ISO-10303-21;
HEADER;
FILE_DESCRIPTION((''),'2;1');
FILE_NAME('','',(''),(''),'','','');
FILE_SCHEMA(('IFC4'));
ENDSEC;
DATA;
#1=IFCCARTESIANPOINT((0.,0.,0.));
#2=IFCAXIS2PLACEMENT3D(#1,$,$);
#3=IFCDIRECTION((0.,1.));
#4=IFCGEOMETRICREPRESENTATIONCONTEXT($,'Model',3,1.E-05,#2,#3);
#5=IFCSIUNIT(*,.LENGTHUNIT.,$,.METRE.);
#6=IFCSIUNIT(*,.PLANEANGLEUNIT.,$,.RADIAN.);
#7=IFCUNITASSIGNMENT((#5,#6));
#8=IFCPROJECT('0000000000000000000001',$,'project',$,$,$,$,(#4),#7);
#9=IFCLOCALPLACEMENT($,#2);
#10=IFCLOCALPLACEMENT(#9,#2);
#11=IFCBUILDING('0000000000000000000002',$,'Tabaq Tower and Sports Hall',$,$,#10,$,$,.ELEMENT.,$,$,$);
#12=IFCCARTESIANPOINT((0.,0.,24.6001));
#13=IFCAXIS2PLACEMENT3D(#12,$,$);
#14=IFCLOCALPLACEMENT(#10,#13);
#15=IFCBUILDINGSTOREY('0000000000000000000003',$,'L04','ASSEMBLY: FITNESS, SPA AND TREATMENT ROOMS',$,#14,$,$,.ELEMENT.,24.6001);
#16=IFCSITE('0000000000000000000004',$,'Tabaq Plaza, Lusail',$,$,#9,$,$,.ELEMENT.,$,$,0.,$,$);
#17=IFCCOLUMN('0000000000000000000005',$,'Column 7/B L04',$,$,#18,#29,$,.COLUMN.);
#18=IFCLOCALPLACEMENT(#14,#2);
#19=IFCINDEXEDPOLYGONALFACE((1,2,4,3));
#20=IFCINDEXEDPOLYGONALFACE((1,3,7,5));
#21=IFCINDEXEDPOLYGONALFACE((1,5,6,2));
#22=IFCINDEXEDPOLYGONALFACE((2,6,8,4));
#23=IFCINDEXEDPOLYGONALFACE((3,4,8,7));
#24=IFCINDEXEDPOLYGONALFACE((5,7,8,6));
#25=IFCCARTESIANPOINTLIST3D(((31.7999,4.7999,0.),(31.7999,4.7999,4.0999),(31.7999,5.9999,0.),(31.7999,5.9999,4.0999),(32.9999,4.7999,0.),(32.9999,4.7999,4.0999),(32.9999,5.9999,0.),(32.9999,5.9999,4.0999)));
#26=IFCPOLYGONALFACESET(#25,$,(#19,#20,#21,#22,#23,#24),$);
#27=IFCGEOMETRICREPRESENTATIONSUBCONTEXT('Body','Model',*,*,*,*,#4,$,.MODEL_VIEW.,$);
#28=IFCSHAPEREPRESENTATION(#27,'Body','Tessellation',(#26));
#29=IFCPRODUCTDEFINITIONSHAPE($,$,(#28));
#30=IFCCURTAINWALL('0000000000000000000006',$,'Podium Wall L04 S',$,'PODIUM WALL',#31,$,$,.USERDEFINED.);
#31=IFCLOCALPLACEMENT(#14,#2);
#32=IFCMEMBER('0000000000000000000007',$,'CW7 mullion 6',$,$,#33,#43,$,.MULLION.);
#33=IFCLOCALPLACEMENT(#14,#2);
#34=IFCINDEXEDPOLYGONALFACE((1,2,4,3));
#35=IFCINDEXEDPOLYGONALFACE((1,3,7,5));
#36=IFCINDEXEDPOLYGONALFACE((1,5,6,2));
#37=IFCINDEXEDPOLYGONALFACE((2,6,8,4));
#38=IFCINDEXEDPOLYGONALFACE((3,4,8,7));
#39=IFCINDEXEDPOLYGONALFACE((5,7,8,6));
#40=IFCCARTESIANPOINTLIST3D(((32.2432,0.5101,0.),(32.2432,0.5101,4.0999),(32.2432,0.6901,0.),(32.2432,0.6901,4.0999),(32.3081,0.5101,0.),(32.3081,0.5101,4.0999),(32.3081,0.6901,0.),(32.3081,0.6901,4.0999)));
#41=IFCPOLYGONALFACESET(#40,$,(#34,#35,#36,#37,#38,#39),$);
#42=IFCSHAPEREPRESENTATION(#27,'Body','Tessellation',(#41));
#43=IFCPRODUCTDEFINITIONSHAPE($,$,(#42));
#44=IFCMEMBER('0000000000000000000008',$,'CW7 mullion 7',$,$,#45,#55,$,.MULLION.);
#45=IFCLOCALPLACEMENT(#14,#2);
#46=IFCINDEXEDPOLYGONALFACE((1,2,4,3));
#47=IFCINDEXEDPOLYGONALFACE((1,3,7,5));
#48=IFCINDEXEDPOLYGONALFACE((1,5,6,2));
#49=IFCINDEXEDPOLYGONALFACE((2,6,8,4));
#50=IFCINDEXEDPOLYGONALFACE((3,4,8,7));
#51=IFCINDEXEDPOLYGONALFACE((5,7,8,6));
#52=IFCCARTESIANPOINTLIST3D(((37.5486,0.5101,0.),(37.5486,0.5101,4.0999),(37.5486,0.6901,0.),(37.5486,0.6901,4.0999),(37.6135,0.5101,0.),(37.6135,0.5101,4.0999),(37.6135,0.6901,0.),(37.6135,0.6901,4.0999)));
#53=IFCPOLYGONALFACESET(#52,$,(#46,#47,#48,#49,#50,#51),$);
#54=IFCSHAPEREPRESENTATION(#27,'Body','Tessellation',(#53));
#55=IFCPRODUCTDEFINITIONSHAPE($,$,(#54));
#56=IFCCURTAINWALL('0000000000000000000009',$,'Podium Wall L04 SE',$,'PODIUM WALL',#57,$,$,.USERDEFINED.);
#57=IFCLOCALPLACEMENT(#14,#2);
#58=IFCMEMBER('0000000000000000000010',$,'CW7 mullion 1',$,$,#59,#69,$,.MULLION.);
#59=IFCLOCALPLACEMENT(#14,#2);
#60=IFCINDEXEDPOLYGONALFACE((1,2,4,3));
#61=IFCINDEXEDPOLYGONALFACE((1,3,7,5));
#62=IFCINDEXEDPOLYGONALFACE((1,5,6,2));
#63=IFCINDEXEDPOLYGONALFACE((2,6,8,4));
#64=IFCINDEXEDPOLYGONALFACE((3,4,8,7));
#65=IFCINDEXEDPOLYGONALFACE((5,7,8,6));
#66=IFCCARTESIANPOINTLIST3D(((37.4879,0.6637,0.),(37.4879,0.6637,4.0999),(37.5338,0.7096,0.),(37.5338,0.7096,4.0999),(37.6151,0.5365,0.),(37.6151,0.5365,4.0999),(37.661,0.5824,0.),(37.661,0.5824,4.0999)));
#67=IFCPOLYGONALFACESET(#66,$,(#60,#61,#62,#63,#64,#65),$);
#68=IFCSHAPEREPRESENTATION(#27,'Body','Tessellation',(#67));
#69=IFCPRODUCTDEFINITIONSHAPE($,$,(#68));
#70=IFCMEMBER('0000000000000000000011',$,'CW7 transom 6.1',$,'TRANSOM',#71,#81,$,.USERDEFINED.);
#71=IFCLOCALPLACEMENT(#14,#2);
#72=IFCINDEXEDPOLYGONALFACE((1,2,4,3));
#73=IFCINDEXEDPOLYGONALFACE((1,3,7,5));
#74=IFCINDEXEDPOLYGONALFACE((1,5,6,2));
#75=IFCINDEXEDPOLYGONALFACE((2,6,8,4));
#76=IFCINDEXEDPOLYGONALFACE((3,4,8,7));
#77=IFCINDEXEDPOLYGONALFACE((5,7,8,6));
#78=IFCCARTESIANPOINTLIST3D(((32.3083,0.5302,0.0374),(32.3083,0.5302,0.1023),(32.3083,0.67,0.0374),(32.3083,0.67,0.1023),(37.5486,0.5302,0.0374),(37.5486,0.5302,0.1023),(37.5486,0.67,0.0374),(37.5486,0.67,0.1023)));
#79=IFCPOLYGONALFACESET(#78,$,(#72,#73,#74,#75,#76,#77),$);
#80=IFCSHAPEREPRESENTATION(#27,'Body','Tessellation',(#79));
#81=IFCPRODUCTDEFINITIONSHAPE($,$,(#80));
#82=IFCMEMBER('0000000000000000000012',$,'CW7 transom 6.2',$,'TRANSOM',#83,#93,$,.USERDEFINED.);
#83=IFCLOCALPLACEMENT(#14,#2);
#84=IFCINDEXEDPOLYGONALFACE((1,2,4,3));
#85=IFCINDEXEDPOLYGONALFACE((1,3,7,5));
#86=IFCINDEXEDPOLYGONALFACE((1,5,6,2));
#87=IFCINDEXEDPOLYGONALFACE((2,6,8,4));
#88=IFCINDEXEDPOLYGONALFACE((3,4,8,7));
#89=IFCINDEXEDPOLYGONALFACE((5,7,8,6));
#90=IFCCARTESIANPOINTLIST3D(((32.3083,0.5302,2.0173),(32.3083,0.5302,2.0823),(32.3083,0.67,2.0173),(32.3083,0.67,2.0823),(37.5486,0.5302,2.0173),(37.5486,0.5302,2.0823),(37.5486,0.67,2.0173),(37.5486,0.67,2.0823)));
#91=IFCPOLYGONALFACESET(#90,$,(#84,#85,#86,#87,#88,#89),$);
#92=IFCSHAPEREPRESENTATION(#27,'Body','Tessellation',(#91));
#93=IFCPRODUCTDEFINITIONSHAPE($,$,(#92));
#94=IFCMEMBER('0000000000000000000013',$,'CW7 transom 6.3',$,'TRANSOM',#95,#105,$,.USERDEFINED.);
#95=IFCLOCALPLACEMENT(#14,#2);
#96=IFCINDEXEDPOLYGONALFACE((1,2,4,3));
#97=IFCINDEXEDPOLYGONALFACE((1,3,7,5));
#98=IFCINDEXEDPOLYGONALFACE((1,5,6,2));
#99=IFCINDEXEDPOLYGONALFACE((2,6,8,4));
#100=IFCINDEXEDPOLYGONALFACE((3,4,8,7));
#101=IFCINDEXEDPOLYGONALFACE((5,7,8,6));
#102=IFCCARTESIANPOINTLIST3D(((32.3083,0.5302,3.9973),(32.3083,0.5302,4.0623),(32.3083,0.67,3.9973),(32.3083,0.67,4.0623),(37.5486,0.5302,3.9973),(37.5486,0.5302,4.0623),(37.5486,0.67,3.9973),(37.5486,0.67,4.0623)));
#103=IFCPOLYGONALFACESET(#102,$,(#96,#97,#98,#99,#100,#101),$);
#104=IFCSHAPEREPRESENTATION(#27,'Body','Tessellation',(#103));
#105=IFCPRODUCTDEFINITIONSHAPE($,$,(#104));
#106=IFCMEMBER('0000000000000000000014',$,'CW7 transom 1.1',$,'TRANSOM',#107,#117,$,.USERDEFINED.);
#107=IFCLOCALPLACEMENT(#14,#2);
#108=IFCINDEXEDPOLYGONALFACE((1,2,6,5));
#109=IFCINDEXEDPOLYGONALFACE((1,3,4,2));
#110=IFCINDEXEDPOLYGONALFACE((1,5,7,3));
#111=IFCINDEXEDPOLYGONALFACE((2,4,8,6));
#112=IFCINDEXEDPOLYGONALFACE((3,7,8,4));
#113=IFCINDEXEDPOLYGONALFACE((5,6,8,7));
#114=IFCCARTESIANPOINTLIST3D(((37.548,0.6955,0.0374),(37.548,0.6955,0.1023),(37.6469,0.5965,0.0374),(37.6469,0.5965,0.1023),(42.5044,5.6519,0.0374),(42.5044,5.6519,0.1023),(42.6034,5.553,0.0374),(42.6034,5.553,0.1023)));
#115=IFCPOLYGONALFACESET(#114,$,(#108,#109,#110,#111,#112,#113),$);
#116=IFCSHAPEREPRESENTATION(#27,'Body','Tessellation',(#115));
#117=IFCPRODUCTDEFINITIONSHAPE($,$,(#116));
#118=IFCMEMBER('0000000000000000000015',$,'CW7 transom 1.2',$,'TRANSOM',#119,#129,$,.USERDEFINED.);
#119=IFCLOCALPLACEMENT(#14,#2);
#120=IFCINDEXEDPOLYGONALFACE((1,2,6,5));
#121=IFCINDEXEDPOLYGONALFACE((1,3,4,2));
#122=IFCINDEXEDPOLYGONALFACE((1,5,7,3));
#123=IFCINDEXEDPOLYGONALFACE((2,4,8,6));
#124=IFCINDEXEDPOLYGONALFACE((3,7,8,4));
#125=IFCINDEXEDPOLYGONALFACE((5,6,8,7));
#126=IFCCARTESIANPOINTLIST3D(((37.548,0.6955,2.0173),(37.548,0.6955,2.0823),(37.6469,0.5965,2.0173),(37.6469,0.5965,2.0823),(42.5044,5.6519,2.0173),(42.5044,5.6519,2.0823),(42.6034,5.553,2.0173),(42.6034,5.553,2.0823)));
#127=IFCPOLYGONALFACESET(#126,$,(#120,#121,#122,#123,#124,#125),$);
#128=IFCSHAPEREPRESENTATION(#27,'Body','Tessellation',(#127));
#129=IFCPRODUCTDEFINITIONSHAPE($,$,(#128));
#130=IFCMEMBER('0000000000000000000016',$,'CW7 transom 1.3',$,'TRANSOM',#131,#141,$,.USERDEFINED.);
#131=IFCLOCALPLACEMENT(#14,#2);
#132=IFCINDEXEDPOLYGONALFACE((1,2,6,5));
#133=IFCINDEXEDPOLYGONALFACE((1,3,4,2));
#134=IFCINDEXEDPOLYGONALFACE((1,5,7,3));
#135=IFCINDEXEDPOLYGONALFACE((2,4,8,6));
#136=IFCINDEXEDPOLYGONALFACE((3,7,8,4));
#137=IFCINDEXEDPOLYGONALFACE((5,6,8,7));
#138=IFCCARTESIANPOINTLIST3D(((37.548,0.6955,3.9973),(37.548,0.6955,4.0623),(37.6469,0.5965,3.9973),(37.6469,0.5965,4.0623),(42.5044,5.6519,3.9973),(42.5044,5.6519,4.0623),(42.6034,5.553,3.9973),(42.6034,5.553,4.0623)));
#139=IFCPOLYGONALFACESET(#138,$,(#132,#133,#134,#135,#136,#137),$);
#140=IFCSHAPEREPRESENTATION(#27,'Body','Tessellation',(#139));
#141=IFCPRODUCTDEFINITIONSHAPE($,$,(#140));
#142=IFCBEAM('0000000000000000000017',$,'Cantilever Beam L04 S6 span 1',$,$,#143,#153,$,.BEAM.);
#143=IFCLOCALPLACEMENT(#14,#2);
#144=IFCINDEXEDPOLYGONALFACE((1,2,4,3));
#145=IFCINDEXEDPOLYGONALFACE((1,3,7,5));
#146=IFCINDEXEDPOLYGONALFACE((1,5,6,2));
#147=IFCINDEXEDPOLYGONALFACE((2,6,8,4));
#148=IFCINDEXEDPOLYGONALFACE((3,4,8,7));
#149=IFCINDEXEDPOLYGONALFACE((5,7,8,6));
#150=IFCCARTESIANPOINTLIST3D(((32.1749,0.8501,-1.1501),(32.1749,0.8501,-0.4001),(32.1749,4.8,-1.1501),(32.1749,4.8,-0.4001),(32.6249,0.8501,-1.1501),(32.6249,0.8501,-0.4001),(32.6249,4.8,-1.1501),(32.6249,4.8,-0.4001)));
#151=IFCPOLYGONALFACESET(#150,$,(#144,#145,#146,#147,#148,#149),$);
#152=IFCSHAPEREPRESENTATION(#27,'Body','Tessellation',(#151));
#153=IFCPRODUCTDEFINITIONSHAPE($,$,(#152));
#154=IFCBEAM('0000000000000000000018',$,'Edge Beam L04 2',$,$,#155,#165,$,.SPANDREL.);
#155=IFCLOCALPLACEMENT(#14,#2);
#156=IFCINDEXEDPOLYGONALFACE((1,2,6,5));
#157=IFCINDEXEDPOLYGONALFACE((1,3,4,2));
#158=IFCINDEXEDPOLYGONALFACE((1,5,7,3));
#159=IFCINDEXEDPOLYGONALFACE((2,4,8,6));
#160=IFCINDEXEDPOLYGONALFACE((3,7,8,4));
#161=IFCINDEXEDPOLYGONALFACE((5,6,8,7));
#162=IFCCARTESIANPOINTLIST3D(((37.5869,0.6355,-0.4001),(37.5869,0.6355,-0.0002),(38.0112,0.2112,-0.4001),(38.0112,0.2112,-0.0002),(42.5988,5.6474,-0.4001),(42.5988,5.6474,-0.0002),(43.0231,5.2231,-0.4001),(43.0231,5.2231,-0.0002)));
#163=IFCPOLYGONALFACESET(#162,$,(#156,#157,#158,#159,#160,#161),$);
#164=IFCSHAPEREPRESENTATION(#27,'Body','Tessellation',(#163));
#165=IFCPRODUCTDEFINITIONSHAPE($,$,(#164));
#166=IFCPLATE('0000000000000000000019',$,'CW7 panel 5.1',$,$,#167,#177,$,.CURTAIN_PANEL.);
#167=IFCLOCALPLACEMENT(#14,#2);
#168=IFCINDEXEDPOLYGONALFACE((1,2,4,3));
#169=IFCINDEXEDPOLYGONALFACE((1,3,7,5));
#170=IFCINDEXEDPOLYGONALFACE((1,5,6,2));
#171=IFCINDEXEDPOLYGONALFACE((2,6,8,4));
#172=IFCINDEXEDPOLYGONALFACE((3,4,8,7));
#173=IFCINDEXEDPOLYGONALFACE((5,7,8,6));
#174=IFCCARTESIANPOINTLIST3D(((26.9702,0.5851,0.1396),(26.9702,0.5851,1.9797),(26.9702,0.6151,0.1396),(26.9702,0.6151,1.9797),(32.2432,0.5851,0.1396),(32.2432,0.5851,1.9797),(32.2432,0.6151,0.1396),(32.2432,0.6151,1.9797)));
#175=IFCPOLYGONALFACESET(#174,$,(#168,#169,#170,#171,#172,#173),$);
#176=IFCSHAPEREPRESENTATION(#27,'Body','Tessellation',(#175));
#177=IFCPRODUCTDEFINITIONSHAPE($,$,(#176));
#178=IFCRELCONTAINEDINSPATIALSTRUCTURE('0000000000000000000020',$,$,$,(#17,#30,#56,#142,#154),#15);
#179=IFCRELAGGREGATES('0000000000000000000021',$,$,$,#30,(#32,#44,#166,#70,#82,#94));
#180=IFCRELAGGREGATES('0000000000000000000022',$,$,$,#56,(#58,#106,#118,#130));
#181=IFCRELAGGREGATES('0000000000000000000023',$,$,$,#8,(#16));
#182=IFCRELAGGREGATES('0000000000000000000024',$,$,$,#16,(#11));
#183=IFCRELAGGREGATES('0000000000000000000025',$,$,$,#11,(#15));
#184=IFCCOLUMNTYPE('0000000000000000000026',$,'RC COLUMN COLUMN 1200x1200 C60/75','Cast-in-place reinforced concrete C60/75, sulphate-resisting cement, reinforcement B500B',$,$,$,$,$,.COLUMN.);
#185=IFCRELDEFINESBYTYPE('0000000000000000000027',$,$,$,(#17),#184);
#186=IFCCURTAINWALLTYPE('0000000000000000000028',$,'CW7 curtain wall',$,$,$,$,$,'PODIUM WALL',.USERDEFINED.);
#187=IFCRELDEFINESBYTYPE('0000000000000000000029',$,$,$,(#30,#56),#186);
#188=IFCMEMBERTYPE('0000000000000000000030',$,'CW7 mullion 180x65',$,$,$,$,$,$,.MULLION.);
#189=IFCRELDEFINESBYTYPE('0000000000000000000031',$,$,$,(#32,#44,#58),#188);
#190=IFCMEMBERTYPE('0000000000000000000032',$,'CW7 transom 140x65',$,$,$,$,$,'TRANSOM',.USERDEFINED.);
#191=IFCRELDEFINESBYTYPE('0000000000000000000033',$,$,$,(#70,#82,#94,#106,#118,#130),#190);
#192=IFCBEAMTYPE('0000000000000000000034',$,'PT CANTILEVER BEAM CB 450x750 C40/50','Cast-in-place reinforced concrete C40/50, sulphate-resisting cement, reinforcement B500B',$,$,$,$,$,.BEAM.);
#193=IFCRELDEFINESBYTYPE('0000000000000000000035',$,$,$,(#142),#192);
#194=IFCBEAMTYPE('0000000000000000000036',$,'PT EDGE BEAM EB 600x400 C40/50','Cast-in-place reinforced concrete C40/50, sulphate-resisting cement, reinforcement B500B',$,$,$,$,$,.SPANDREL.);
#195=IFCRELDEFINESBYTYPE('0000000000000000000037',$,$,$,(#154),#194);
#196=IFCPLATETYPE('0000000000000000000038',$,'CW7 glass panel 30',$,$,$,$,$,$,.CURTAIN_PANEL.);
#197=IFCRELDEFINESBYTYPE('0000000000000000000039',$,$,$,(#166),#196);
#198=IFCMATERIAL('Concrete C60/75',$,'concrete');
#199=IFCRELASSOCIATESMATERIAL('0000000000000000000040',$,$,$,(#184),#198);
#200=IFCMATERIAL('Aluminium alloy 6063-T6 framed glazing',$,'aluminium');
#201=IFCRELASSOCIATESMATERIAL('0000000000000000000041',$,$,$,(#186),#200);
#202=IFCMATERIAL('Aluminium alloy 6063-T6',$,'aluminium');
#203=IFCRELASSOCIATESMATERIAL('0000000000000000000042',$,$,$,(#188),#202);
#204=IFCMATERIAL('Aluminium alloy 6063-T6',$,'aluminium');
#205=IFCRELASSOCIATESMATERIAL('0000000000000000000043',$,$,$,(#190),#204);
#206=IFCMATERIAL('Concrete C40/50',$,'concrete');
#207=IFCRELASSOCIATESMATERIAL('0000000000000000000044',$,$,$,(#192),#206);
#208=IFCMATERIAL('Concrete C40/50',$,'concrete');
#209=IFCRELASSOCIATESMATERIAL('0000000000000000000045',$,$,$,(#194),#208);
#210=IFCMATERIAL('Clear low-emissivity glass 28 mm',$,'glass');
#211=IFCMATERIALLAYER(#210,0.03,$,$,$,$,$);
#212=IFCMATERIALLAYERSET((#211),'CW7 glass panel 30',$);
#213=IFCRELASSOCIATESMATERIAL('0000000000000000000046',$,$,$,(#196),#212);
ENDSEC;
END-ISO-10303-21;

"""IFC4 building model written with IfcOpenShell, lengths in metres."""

from ifc_helpers import new_model, si_unit, direction, frame, origin, origin_2d, place, context, subcontext, project, spatial, rectangle, extrude, material, layer, layer_set, material_profile, profile_set, type_object, element, aggregate, save


model = new_model("IFC4")

# Units and contexts
model_context = context("Model", 3, precision=1e-05, world=origin(), true_north=direction((0.0, 1.0)))
body_context = subcontext(model_context, "Body", "Model", "MODEL_VIEW")
ifc_project = project(units=[si_unit("LENGTHUNIT", "METRE"), si_unit("PLANEANGLEUNIT", "RADIAN")], contexts=[model_context])

# Site, building, storey
site_placement = place(None, origin())
site = spatial("IfcSite", under=ifc_project, at=site_placement, Name="Tabaq Plaza, Lusail", CompositionType="ELEMENT", RefElevation=0.0)
building_placement = place(site_placement, origin())
building = spatial("IfcBuilding", under=site, at=building_placement, Name="Tabaq Tower and Sports Hall", CompositionType="ELEMENT")
storey_placement = place(building_placement, frame((0.0, 0.0, 24.6001)))
storey = spatial("IfcBuildingStorey", under=building, at=storey_placement, Name="L04", Description="ASSEMBLY: FITNESS, SPA AND TREATMENT ROOMS", CompositionType="ELEMENT", Elevation=24.6001)

# Column
ifc_material_1 = material(Name="Concrete C60/75", Category="concrete")
ifc_material_profile_1 = material_profile(ifc_material_1, rectangle(XDim=1.2, YDim=1.2, at=origin_2d()), Name="COLUMN 1200x1200")
ifc_profile_set_1 = profile_set([ifc_material_profile_1], Name="Concrete C60/75")
column_type = type_object("IfcColumnType", Name="RC COLUMN COLUMN 1200x1200 C60/75", Description="Cast-in-place reinforced concrete C60/75, sulphate-resisting cement, reinforcement B500B", PredefinedType="COLUMN", material=ifc_profile_set_1)
column_placement = place(storey_placement, frame((32.3999, 5.3999, 0.0), z_axis=(0.0, 0.0, 1.0), x_axis=(1.0, 0.0, 0.0)))
element("IfcColumn", 1, at=column_placement, inside=storey, type_object=column_type, Name="Column 7/B L04", PredefinedType="COLUMN", context=body_context, shape_type="SweptSolid", body=[
    extrude(rectangle(XDim=1.2, YDim=1.2, at=origin_2d()), origin(), (0.0, 0.0, 1.0), 4.0999),
])

# Curtain wall, members
ifc_material_2 = material(Name="Aluminium alloy 6063-T6 framed glazing", Category="aluminium")
curtain_wall_type = type_object("IfcCurtainWallType", Name="CW7 curtain wall", ElementType="PODIUM WALL", PredefinedType="USERDEFINED", material=ifc_material_2)
curtain_wall_1_placement = place(storey_placement, origin())
curtain_wall_1 = element("IfcCurtainWall", 2, at=curtain_wall_1_placement, inside=storey, type_object=curtain_wall_type, Name="Podium Wall L04 S", ObjectType="PODIUM WALL", PredefinedType="USERDEFINED")
ifc_material_3 = material(Name="Aluminium alloy 6063-T6", Category="aluminium")
ifc_material_profile_2 = material_profile(ifc_material_3, rectangle(XDim=0.1799, YDim=0.0649, at=origin_2d()), Name="MULLION 180x65")
ifc_profile_set_2 = profile_set([ifc_material_profile_2], Name="Aluminium alloy 6063-T6")
member_type_1 = type_object("IfcMemberType", Name="CW7 mullion 180x65", PredefinedType="MULLION", material=ifc_profile_set_2)
member_1_placement = place(storey_placement, frame((32.2756, 0.6001, 0.0), z_axis=(0.0, 0.0, 1.0), x_axis=(0.0, 1.0, 0.0)))
member_1 = element("IfcMember", 3, at=member_1_placement, type_object=member_type_1, Name="CW7 mullion 6", PredefinedType="MULLION", context=body_context, shape_type="SweptSolid", body=[
    extrude(rectangle(XDim=0.1799, YDim=0.0649, at=origin_2d()), origin(), (0.0, 0.0, 1.0), 4.0999),
])
member_2_placement = place(storey_placement, frame((37.5811, 0.6001, 0.0), z_axis=(0.0, 0.0, 1.0), x_axis=(0.0, 1.0, 0.0)))
member_2 = element("IfcMember", 4, at=member_2_placement, type_object=member_type_1, Name="CW7 mullion 7", PredefinedType="MULLION", context=body_context, shape_type="SweptSolid", body=[
    extrude(rectangle(XDim=0.1799, YDim=0.0649, at=origin_2d()), origin(), (0.0, 0.0, 1.0), 4.0999),
])

# Curtain wall, member
curtain_wall_2_placement = place(storey_placement, origin())
curtain_wall_2 = element("IfcCurtainWall", 5, at=curtain_wall_2_placement, inside=storey, type_object=curtain_wall_type, Name="Podium Wall L04 SE", ObjectType="PODIUM WALL", PredefinedType="USERDEFINED")
member_3_placement = place(storey_placement, frame((37.5745, 0.623, 0.0), z_axis=(0.0, 0.0, 1.0), x_axis=(-0.707107, 0.707107, 0.0)))
member_3 = element("IfcMember", 6, at=member_3_placement, type_object=member_type_1, Name="CW7 mullion 1", PredefinedType="MULLION", context=body_context, shape_type="SweptSolid", body=[
    extrude(rectangle(XDim=0.1799, YDim=0.0649, at=origin_2d()), origin(), (0.0, 0.0, 1.0), 4.0999),
])

# Members
ifc_material_4 = material(Name="Aluminium alloy 6063-T6", Category="aluminium")
ifc_material_profile_3 = material_profile(ifc_material_4, rectangle(XDim=0.1399, YDim=0.0649, at=origin_2d()), Name="TRANSOM 140x65")
ifc_profile_set_3 = profile_set([ifc_material_profile_3], Name="Aluminium alloy 6063-T6")
member_type_2 = type_object("IfcMemberType", Name="CW7 transom 140x65", ElementType="TRANSOM", PredefinedType="USERDEFINED", material=ifc_profile_set_3)
member_4_placement = place(storey_placement, frame((32.3083, 0.6001, 0.0698), z_axis=(1.0, 0.0, 0.0), x_axis=(0.0, 1.0, 0.0)))
member_4 = element("IfcMember", 7, at=member_4_placement, type_object=member_type_2, Name="CW7 transom 6.1", ObjectType="TRANSOM", PredefinedType="USERDEFINED", context=body_context, shape_type="SweptSolid", body=[
    extrude(rectangle(XDim=0.1399, YDim=0.0649, at=origin_2d()), origin(), (0.0, 0.0, 1.0), 5.2402),
])
member_5_placement = place(storey_placement, frame((32.3083, 0.6001, 2.0498), z_axis=(1.0, 0.0, 0.0), x_axis=(0.0, 1.0, 0.0)))
member_5 = element("IfcMember", 8, at=member_5_placement, type_object=member_type_2, Name="CW7 transom 6.2", ObjectType="TRANSOM", PredefinedType="USERDEFINED", context=body_context, shape_type="SweptSolid", body=[
    extrude(rectangle(XDim=0.1399, YDim=0.0649, at=origin_2d()), origin(), (0.0, 0.0, 1.0), 5.2402),
])
member_6_placement = place(storey_placement, frame((32.3083, 0.6001, 4.0298), z_axis=(1.0, 0.0, 0.0), x_axis=(0.0, 1.0, 0.0)))
member_6 = element("IfcMember", 9, at=member_6_placement, type_object=member_type_2, Name="CW7 transom 6.3", ObjectType="TRANSOM", PredefinedType="USERDEFINED", context=body_context, shape_type="SweptSolid", body=[
    extrude(rectangle(XDim=0.1399, YDim=0.0649, at=origin_2d()), origin(), (0.0, 0.0, 1.0), 5.2402),
])
member_7_placement = place(storey_placement, frame((37.5974, 0.646, 0.0698), z_axis=(0.707107, 0.707107, 0.0), x_axis=(-0.707107, 0.707107, 0.0)))
member_7 = element("IfcMember", 10, at=member_7_placement, type_object=member_type_2, Name="CW7 transom 1.1", ObjectType="TRANSOM", PredefinedType="USERDEFINED", context=body_context, shape_type="SweptSolid", body=[
    extrude(rectangle(XDim=0.1399, YDim=0.0649, at=origin_2d()), origin(), (0.0, 0.0, 1.0), 7.0095),
])
member_8_placement = place(storey_placement, frame((37.5974, 0.646, 2.0498), z_axis=(0.707107, 0.707107, 0.0), x_axis=(-0.707107, 0.707107, 0.0)))
member_8 = element("IfcMember", 11, at=member_8_placement, type_object=member_type_2, Name="CW7 transom 1.2", ObjectType="TRANSOM", PredefinedType="USERDEFINED", context=body_context, shape_type="SweptSolid", body=[
    extrude(rectangle(XDim=0.1399, YDim=0.0649, at=origin_2d()), origin(), (0.0, 0.0, 1.0), 7.0095),
])
member_9_placement = place(storey_placement, frame((37.5974, 0.646, 4.0298), z_axis=(0.707107, 0.707107, 0.0), x_axis=(-0.707107, 0.707107, 0.0)))
member_9 = element("IfcMember", 12, at=member_9_placement, type_object=member_type_2, Name="CW7 transom 1.3", ObjectType="TRANSOM", PredefinedType="USERDEFINED", context=body_context, shape_type="SweptSolid", body=[
    extrude(rectangle(XDim=0.1399, YDim=0.0649, at=origin_2d()), origin(), (0.0, 0.0, 1.0), 7.0095),
])

# Beams
ifc_material_5 = material(Name="Concrete C40/50", Category="concrete")
ifc_material_profile_4 = material_profile(ifc_material_5, rectangle(XDim=0.45, YDim=0.75, at=origin_2d()), Name="CB 450x750")
ifc_profile_set_4 = profile_set([ifc_material_profile_4], Name="Concrete C40/50")
beam_type_1 = type_object("IfcBeamType", Name="PT CANTILEVER BEAM CB 450x750 C40/50", Description="Cast-in-place reinforced concrete C40/50, sulphate-resisting cement, reinforcement B500B", PredefinedType="BEAM", material=ifc_profile_set_4)
beam_1_placement = place(storey_placement, frame((32.3999, 0.8501, -0.7751), z_axis=(0.0, 1.0, 0.0), x_axis=(-1.0, 0.0, 0.0)))
element("IfcBeam", 13, at=beam_1_placement, inside=storey, type_object=beam_type_1, Name="Cantilever Beam L04 S6 span 1", PredefinedType="BEAM", context=body_context, shape_type="SweptSolid", body=[
    extrude(rectangle(XDim=0.45, YDim=0.75, at=origin_2d()), origin(), (0.0, 0.0, 1.0), 3.95),
])
ifc_material_6 = material(Name="Concrete C40/50", Category="concrete")
ifc_material_profile_5 = material_profile(ifc_material_6, rectangle(XDim=0.6001, YDim=0.3999, at=origin_2d()), Name="EB 600x400")
ifc_profile_set_5 = profile_set([ifc_material_profile_5], Name="Concrete C40/50")
beam_type_2 = type_object("IfcBeamType", Name="PT EDGE BEAM EB 600x400 C40/50", Description="Cast-in-place reinforced concrete C40/50, sulphate-resisting cement, reinforcement B500B", PredefinedType="SPANDREL", material=ifc_profile_set_5)
beam_2_placement = place(storey_placement, frame((37.7991, 0.4233, -0.2002), z_axis=(0.707107, 0.707107, 0.0), x_axis=(-0.707107, 0.707107, 0.0)))
element("IfcBeam", 14, at=beam_2_placement, inside=storey, type_object=beam_type_2, Name="Edge Beam L04 2", PredefinedType="SPANDREL", context=body_context, shape_type="SweptSolid", body=[
    extrude(rectangle(XDim=0.6001, YDim=0.3999, at=origin_2d()), origin(), (0.0, 0.0, 1.0), 7.0879),
])

# Plate
ifc_material_7 = material(Name="Clear low-emissivity glass 28 mm", Category="glass")
ifc_layer_1 = layer(ifc_material_7, 0.03)
ifc_layer_set_1 = layer_set([ifc_layer_1], Name="CW7 glass panel 30")
plate_type = type_object("IfcPlateType", Name="CW7 glass panel 30", PredefinedType="CURTAIN_PANEL", material=ifc_layer_set_1)
plate_1_placement = place(storey_placement, frame((29.6067, 0.6001, 0.1396), z_axis=(0.0, 0.0, 1.0), x_axis=(1.0, 0.0, 0.0)))
plate_1 = element("IfcPlate", 15, at=plate_1_placement, type_object=plate_type, Name="CW7 panel 5.1", PredefinedType="CURTAIN_PANEL", context=body_context, shape_type="SweptSolid", body=[
    extrude(rectangle(XDim=5.2729, YDim=0.03, at=origin_2d()), origin(), (0.0, 0.0, 1.0), 1.8401),
])
aggregate(curtain_wall_1, [member_1, member_2, plate_1, member_4, member_5, member_6])
aggregate(curtain_wall_2, [member_3, member_7, member_8, member_9])

save(model, "model.ifc")
